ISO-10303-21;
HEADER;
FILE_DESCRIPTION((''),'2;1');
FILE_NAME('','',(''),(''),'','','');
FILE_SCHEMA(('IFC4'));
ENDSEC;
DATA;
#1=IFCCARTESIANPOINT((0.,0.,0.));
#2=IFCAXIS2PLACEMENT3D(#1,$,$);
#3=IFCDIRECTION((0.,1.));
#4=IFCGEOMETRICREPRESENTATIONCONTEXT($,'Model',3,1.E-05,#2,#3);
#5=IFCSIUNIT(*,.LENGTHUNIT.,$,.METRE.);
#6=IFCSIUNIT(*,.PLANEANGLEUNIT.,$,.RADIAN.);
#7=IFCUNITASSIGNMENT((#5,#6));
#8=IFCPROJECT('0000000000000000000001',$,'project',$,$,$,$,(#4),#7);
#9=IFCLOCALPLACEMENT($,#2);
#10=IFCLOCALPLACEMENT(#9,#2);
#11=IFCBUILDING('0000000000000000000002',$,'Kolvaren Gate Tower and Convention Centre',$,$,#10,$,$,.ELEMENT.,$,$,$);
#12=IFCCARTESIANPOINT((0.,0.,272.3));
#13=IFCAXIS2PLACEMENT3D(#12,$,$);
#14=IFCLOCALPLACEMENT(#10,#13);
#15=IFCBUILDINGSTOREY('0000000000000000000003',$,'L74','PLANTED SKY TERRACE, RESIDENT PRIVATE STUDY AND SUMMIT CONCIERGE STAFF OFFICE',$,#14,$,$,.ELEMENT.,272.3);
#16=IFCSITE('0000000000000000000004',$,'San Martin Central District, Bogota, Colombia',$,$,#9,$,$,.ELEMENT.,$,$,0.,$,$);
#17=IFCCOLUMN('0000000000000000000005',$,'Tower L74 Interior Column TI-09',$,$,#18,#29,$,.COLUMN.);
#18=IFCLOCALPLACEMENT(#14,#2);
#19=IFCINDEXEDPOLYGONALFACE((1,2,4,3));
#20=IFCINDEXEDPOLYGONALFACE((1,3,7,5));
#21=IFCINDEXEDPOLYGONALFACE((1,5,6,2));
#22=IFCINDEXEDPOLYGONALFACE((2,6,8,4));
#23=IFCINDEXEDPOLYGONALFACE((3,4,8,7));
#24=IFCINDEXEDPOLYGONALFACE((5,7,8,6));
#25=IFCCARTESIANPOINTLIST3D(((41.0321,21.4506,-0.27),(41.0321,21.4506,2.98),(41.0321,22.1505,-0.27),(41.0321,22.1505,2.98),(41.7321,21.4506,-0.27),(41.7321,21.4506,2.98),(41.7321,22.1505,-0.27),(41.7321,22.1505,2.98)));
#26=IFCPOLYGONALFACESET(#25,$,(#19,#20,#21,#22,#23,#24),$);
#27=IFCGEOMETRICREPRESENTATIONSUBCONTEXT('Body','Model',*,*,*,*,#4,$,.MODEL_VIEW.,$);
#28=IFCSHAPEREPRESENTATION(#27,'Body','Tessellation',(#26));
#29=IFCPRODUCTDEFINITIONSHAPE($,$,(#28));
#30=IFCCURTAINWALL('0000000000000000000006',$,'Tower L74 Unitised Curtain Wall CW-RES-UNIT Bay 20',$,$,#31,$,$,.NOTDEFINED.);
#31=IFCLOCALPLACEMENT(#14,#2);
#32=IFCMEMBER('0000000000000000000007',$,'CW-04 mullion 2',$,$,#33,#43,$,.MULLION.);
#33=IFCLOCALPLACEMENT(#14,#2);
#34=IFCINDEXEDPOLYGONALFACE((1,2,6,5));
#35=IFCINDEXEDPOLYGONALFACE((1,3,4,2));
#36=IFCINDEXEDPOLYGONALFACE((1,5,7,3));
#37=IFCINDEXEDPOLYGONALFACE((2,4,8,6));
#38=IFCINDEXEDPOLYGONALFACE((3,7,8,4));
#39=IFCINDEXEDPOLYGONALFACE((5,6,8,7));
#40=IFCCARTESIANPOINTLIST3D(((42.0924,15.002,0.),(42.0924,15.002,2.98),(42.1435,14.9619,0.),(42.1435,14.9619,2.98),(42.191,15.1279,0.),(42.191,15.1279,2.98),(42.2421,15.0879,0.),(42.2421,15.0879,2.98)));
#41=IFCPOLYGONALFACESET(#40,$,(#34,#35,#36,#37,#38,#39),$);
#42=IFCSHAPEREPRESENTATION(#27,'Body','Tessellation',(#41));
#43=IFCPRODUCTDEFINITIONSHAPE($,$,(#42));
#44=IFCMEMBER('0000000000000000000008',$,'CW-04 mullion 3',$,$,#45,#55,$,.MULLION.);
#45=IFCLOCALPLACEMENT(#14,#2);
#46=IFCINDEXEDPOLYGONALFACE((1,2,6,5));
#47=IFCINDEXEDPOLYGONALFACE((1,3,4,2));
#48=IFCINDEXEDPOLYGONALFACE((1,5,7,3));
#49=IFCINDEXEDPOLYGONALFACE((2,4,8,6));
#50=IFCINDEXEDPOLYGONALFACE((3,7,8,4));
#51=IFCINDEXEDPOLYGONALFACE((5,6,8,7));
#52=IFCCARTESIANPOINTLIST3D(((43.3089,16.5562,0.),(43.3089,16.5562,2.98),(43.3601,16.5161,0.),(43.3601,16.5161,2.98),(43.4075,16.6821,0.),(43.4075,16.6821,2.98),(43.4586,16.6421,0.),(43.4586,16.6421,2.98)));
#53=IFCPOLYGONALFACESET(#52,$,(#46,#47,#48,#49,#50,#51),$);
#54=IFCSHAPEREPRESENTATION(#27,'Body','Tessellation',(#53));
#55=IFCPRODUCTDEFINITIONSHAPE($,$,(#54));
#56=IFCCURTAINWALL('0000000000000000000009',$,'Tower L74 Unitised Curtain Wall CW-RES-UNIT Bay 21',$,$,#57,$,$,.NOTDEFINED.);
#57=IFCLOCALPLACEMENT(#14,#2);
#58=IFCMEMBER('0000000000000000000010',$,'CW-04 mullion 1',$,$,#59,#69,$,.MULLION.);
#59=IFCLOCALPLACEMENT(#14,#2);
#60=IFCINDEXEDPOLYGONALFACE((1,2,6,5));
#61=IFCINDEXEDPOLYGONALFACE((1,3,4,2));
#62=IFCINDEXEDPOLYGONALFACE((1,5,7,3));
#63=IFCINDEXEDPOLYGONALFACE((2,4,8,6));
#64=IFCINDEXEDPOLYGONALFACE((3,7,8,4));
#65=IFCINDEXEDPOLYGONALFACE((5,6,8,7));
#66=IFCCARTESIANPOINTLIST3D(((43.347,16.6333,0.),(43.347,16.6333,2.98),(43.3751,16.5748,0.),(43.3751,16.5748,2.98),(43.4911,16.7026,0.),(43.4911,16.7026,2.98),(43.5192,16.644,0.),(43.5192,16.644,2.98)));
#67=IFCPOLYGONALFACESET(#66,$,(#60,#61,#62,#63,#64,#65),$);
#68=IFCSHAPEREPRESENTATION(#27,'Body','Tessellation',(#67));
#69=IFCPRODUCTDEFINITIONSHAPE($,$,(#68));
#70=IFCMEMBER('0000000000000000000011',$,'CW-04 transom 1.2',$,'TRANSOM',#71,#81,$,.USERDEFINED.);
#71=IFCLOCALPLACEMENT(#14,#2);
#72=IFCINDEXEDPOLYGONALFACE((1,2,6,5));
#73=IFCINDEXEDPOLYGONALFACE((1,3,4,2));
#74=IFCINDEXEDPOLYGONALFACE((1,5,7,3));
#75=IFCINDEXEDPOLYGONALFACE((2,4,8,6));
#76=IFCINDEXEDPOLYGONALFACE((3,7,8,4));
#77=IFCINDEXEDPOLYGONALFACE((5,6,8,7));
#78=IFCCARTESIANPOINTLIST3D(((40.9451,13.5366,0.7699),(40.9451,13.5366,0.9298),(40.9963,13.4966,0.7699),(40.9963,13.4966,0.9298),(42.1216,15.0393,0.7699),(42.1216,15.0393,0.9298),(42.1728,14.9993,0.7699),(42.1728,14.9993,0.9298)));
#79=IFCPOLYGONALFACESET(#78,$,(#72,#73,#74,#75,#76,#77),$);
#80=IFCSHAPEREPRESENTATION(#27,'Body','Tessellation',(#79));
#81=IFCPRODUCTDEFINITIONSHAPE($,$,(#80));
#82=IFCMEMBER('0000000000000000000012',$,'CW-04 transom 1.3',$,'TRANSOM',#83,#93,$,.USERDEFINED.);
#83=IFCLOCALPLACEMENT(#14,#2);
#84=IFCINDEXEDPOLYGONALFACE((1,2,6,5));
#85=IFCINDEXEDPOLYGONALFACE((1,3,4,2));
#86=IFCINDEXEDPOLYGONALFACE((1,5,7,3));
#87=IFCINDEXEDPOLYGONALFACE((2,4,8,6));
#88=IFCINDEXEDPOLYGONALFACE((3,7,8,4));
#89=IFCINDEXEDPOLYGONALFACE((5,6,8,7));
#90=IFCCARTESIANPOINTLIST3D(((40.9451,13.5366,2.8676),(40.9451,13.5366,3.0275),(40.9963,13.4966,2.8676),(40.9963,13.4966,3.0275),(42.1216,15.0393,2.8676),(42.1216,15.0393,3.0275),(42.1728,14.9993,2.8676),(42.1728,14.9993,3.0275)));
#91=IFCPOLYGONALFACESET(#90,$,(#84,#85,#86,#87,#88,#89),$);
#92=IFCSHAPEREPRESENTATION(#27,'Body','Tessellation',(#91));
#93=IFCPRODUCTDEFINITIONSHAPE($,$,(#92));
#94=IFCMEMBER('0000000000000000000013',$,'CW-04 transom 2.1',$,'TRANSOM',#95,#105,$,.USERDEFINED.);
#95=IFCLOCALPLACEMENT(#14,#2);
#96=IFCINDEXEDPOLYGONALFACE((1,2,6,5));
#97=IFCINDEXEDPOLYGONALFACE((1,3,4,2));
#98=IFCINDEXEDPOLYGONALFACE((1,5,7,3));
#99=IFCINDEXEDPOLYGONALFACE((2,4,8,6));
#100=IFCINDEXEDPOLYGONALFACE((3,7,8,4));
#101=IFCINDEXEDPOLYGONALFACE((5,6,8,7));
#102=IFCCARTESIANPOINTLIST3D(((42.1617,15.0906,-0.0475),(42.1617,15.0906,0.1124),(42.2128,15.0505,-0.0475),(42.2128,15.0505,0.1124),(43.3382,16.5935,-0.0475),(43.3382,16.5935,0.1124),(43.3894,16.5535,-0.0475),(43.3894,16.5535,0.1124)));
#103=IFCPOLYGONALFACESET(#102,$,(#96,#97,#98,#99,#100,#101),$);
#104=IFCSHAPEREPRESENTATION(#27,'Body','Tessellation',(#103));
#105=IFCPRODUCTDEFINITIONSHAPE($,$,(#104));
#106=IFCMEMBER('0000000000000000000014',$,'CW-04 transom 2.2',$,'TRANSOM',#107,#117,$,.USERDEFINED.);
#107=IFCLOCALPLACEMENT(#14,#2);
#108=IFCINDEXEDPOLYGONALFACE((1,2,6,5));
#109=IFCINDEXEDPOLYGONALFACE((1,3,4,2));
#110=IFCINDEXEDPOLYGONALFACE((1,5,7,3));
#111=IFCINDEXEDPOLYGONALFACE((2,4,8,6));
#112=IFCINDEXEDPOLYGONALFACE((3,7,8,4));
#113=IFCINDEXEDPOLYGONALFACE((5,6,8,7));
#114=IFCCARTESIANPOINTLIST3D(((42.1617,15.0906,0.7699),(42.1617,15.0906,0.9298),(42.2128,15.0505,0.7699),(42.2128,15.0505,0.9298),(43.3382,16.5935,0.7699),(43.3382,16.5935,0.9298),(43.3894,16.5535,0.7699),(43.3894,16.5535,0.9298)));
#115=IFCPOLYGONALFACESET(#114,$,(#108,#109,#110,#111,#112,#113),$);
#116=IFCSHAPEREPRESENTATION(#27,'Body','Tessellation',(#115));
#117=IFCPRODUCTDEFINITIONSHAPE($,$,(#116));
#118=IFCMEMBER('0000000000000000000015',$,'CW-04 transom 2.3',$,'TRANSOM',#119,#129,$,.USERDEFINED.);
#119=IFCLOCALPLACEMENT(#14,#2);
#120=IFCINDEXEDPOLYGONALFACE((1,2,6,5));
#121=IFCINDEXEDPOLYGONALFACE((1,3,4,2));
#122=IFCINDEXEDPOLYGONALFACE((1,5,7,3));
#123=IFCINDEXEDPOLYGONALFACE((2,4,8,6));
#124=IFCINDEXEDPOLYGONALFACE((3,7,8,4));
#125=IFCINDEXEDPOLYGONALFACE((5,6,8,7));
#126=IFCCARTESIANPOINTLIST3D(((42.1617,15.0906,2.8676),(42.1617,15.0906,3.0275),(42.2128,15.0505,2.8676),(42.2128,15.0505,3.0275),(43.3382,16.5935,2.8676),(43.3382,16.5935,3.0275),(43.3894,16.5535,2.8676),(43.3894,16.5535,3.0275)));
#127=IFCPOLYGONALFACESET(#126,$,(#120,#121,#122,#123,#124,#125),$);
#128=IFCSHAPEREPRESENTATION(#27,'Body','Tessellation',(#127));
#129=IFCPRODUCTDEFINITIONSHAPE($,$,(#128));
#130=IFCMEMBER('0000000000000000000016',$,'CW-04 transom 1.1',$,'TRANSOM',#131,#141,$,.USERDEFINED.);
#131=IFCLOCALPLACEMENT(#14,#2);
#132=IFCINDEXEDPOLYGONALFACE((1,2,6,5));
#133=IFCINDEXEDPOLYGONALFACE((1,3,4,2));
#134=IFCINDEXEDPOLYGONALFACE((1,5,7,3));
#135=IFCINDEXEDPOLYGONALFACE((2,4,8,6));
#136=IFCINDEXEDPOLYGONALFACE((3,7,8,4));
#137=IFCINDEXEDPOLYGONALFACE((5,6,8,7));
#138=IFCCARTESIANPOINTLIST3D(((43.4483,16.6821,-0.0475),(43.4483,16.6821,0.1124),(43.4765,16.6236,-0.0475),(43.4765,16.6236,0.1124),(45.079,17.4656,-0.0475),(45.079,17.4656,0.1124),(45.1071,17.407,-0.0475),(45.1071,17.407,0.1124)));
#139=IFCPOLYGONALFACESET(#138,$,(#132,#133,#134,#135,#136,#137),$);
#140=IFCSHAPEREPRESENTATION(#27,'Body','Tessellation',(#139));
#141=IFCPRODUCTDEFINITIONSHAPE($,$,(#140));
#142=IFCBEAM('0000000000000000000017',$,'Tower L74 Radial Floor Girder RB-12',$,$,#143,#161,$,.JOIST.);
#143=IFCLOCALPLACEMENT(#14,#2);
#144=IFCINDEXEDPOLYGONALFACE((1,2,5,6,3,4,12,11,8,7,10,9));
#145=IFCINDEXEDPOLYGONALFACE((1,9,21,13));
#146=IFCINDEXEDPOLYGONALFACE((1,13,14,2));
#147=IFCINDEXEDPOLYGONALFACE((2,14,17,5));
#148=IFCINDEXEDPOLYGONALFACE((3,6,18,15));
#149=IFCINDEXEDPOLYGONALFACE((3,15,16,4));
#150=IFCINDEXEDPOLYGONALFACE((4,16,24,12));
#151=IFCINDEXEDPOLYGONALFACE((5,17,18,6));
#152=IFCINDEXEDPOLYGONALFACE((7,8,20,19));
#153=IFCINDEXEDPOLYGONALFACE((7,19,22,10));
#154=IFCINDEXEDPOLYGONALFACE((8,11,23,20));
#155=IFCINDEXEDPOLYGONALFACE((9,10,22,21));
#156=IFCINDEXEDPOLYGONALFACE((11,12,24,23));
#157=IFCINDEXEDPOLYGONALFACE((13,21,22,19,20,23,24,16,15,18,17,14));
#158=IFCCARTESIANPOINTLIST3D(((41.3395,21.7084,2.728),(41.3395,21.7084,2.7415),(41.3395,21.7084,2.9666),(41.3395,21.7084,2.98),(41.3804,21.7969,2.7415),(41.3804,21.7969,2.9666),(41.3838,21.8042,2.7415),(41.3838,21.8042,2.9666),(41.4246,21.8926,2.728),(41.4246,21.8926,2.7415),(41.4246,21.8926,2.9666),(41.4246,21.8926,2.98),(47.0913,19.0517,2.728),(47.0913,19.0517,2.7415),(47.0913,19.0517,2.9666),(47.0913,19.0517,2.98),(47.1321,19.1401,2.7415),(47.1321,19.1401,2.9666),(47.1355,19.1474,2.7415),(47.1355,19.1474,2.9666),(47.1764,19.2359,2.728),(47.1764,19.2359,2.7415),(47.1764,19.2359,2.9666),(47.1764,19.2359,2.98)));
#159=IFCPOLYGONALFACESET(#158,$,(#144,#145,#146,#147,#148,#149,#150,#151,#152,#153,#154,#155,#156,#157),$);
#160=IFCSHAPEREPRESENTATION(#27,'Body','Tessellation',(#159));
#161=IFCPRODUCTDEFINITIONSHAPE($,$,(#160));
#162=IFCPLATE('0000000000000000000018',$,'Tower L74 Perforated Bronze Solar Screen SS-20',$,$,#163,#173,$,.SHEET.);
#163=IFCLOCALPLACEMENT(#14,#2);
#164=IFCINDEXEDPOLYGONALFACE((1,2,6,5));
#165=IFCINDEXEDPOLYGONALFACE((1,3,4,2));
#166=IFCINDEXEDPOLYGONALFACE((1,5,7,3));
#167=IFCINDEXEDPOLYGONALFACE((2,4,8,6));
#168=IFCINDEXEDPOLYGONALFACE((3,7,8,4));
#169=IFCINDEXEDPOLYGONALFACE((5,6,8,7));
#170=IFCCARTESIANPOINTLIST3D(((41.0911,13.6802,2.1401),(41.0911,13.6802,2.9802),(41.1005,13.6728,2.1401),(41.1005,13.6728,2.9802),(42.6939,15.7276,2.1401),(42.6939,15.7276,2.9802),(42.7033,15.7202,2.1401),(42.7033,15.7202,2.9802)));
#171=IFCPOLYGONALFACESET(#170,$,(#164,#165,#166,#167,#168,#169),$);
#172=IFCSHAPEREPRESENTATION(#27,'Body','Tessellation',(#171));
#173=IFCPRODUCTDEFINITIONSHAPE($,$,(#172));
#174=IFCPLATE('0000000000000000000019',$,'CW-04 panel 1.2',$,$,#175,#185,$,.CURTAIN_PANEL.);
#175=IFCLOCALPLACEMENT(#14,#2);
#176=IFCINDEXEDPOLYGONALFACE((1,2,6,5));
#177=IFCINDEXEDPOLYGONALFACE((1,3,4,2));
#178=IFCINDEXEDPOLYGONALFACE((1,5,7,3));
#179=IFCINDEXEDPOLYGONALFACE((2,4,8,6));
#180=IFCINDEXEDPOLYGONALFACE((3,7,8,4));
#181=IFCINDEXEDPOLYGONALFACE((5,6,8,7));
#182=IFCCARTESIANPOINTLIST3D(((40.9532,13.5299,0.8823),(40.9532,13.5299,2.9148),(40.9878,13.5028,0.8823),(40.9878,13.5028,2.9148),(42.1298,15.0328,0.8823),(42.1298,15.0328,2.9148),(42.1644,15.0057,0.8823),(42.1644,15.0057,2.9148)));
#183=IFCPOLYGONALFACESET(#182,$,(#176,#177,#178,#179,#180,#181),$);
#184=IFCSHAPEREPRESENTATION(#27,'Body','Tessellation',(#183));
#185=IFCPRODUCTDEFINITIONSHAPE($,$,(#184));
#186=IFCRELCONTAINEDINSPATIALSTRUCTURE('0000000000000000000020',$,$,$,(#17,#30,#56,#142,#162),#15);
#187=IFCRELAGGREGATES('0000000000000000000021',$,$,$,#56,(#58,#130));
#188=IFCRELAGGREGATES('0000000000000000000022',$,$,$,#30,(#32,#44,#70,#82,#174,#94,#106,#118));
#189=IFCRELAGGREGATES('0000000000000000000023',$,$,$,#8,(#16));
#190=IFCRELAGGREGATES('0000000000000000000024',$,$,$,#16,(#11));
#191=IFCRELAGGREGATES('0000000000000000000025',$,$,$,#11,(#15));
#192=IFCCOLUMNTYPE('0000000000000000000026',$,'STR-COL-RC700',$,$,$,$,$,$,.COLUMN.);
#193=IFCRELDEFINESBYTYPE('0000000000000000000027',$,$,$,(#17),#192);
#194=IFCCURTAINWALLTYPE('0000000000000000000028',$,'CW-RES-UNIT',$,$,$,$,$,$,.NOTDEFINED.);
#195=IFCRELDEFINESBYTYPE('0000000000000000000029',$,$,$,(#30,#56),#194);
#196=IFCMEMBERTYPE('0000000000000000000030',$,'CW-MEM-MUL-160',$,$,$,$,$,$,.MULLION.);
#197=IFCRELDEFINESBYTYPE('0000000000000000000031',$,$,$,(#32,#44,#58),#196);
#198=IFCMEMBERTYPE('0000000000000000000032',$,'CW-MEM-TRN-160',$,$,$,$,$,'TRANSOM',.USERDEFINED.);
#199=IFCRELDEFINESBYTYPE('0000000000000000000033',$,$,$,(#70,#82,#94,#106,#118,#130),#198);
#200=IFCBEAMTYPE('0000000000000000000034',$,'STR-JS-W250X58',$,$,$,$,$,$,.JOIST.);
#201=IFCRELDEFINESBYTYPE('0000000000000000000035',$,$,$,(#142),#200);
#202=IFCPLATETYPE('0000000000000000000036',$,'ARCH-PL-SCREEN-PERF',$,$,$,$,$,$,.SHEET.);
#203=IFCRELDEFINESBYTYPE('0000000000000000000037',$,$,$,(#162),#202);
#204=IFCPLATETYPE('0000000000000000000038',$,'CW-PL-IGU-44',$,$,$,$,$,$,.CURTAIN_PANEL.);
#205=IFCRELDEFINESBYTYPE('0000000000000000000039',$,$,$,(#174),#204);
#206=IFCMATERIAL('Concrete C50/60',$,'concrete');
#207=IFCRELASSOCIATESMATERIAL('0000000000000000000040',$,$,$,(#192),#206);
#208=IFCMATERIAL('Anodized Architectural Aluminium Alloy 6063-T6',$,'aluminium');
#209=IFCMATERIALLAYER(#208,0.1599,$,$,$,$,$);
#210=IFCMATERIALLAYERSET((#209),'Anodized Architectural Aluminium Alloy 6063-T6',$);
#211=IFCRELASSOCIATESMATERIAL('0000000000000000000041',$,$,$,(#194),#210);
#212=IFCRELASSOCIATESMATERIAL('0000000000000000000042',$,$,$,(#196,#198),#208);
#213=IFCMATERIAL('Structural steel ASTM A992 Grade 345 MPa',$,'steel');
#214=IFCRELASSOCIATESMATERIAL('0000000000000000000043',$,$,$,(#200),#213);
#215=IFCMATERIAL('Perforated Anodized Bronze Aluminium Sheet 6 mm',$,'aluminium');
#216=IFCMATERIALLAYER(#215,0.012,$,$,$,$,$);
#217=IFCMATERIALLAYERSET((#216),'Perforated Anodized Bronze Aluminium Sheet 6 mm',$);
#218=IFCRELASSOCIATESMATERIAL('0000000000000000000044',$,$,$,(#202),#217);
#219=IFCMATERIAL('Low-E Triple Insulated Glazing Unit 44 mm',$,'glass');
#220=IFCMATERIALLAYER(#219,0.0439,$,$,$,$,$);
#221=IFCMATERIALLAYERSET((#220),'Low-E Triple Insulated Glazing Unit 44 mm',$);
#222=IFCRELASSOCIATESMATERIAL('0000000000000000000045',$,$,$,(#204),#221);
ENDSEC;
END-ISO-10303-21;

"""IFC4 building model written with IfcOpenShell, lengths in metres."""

from ifc_helpers import new_model, si_unit, direction, frame, origin, origin_2d, place, context, subcontext, project, spatial, rectangle, i_section, extrude, material, layer, layer_set, material_profile, profile_set, type_object, element, aggregate, save


model = new_model("IFC4")

# Units and contexts
model_context = context("Model", 3, precision=1e-05, world=origin(), true_north=direction((0.0, 1.0)))
body_context = subcontext(model_context, "Body", "Model", "MODEL_VIEW")
ifc_project = project(units=[si_unit("LENGTHUNIT", "METRE"), si_unit("PLANEANGLEUNIT", "RADIAN")], contexts=[model_context])

# Site, building, storey
site_placement = place(None, origin())
site = spatial("IfcSite", under=ifc_project, at=site_placement, Name="San Martin Central District, Bogota, Colombia", CompositionType="ELEMENT", RefElevation=0.0)
building_placement = place(site_placement, origin())
building = spatial("IfcBuilding", under=site, at=building_placement, Name="Kolvaren Gate Tower and Convention Centre", CompositionType="ELEMENT")
storey_placement = place(building_placement, frame((0.0, 0.0, 272.3)))
storey = spatial("IfcBuildingStorey", under=building, at=storey_placement, Name="L74", Description="PLANTED SKY TERRACE, RESIDENT PRIVATE STUDY AND SUMMIT CONCIERGE STAFF OFFICE", CompositionType="ELEMENT", Elevation=272.3)

# Column
ifc_material_1 = material(Name="Concrete C50/60", Category="concrete")
ifc_material_profile_1 = material_profile(ifc_material_1, rectangle(XDim=0.7, YDim=0.7, at=origin_2d()), Name="RC-COL-700X700")
ifc_profile_set_1 = profile_set([ifc_material_profile_1], Name="Concrete C50/60")
column_type = type_object("IfcColumnType", Name="STR-COL-RC700", PredefinedType="COLUMN", material=ifc_profile_set_1)
column_placement = place(storey_placement, frame((41.3821, 21.8005, -0.27), z_axis=(0.0, 0.0, 1.0), x_axis=(1.0, 0.0, 0.0)))
element("IfcColumn", 1, at=column_placement, inside=storey, type_object=column_type, Name="Tower L74 Interior Column TI-09", PredefinedType="COLUMN", context=body_context, shape_type="SweptSolid", body=[
    extrude(rectangle(XDim=0.7, YDim=0.7, at=origin_2d()), origin(), (0.0, 0.0, 1.0), 3.25),
])

# Curtain wall, members
ifc_material_2 = material(Name="Anodized Architectural Aluminium Alloy 6063-T6", Category="aluminium")
ifc_layer_1 = layer(ifc_material_2, 0.1599)
ifc_layer_set_1 = layer_set([ifc_layer_1], Name="Anodized Architectural Aluminium Alloy 6063-T6")
curtain_wall_type = type_object("IfcCurtainWallType", Name="CW-RES-UNIT", PredefinedType="NOTDEFINED", material=ifc_layer_set_1)
curtain_wall_1_placement = place(storey_placement, origin())
curtain_wall_1 = element("IfcCurtainWall", 2, at=curtain_wall_1_placement, inside=storey, type_object=curtain_wall_type, Name="Tower L74 Unitised Curtain Wall CW-RES-UNIT Bay 20", PredefinedType="NOTDEFINED")
ifc_material_profile_2 = material_profile(ifc_material_2, rectangle(XDim=0.0649, YDim=0.1599, at=origin_2d()), Name="CW-MEM-MUL-160")
ifc_profile_set_2 = profile_set([ifc_material_profile_2], Name="Anodized Architectural Aluminium Alloy 6063-T6")
member_type_1 = type_object("IfcMemberType", Name="CW-MEM-MUL-160", PredefinedType="MULLION", material=ifc_profile_set_2)
member_1_placement = place(storey_placement, frame((42.1672, 15.0449, 0.0), z_axis=(0.0, 0.0, 1.0), x_axis=(-0.787408, 0.616433, 0.0)))
member_1 = element("IfcMember", 3, at=member_1_placement, type_object=member_type_1, Name="CW-04 mullion 2", PredefinedType="MULLION", context=body_context, shape_type="SweptSolid", body=[
    extrude(rectangle(XDim=0.0649, YDim=0.1599, at=origin_2d()), origin(), (0.0, 0.0, 1.0), 2.98),
])
member_2_placement = place(storey_placement, frame((43.3838, 16.5991, 0.0), z_axis=(0.0, 0.0, 1.0), x_axis=(-0.787408, 0.616433, 0.0)))
member_2 = element("IfcMember", 4, at=member_2_placement, type_object=member_type_1, Name="CW-04 mullion 3", PredefinedType="MULLION", context=body_context, shape_type="SweptSolid", body=[
    extrude(rectangle(XDim=0.0649, YDim=0.1599, at=origin_2d()), origin(), (0.0, 0.0, 1.0), 2.98),
])

# Curtain wall, member
curtain_wall_2_placement = place(storey_placement, origin())
curtain_wall_2 = element("IfcCurtainWall", 5, at=curtain_wall_2_placement, inside=storey, type_object=curtain_wall_type, Name="Tower L74 Unitised Curtain Wall CW-RES-UNIT Bay 21", PredefinedType="NOTDEFINED")
member_3_placement = place(storey_placement, frame((43.4331, 16.6387, 0.0), z_axis=(0.0, 0.0, 1.0), x_axis=(-0.43307, 0.901361, 0.0)))
member_3 = element("IfcMember", 6, at=member_3_placement, type_object=member_type_1, Name="CW-04 mullion 1", PredefinedType="MULLION", context=body_context, shape_type="SweptSolid", body=[
    extrude(rectangle(XDim=0.0649, YDim=0.1599, at=origin_2d()), origin(), (0.0, 0.0, 1.0), 2.98),
])

# Members
ifc_material_profile_3 = material_profile(ifc_material_2, rectangle(XDim=0.0649, YDim=0.1599, at=origin_2d()), Name="CW-MEM-TRN-160")
ifc_profile_set_3 = profile_set([ifc_material_profile_3], Name="Anodized Architectural Aluminium Alloy 6063-T6")
member_type_2 = type_object("IfcMemberType", Name="CW-MEM-TRN-160", ElementType="TRANSOM", PredefinedType="USERDEFINED", material=ifc_profile_set_3)
member_4_placement = place(storey_placement, frame((40.9707, 13.5166, 0.8499), z_axis=(0.61647, 0.787378, 0.0), x_axis=(-0.787378, 0.61647, 0.0)))
member_4 = element("IfcMember", 7, at=member_4_placement, type_object=member_type_2, Name="CW-04 transom 1.2", ObjectType="TRANSOM", PredefinedType="USERDEFINED", context=body_context, shape_type="SweptSolid", body=[
    extrude(rectangle(XDim=0.0649, YDim=0.1599, at=origin_2d()), origin(), (0.0, 0.0, 1.0), 1.9084),
])
member_5_placement = place(storey_placement, frame((40.9707, 13.5166, 2.9475), z_axis=(0.61647, 0.787378, 0.0), x_axis=(-0.787378, 0.61647, 0.0)))
member_5 = element("IfcMember", 8, at=member_5_placement, type_object=member_type_2, Name="CW-04 transom 1.3", ObjectType="TRANSOM", PredefinedType="USERDEFINED", context=body_context, shape_type="SweptSolid", body=[
    extrude(rectangle(XDim=0.0649, YDim=0.1599, at=origin_2d()), origin(), (0.0, 0.0, 1.0), 1.9084),
])
member_6_placement = place(storey_placement, frame((42.1873, 15.0706, 0.0325), z_axis=(0.616408, 0.787427, 0.0), x_axis=(-0.787427, 0.616408, 0.0)))
member_6 = element("IfcMember", 9, at=member_6_placement, type_object=member_type_2, Name="CW-04 transom 2.1", ObjectType="TRANSOM", PredefinedType="USERDEFINED", context=body_context, shape_type="SweptSolid", body=[
    extrude(rectangle(XDim=0.0649, YDim=0.1599, at=origin_2d()), origin(), (0.0, 0.0, 1.0), 1.9087),
])
member_7_placement = place(storey_placement, frame((42.1873, 15.0706, 0.8499), z_axis=(0.616408, 0.787427, 0.0), x_axis=(-0.787427, 0.616408, 0.0)))
member_7 = element("IfcMember", 10, at=member_7_placement, type_object=member_type_2, Name="CW-04 transom 2.2", ObjectType="TRANSOM", PredefinedType="USERDEFINED", context=body_context, shape_type="SweptSolid", body=[
    extrude(rectangle(XDim=0.0649, YDim=0.1599, at=origin_2d()), origin(), (0.0, 0.0, 1.0), 1.9087),
])
member_8_placement = place(storey_placement, frame((42.1873, 15.0706, 2.9475), z_axis=(0.616408, 0.787427, 0.0), x_axis=(-0.787427, 0.616408, 0.0)))
member_8 = element("IfcMember", 11, at=member_8_placement, type_object=member_type_2, Name="CW-04 transom 2.3", ObjectType="TRANSOM", PredefinedType="USERDEFINED", context=body_context, shape_type="SweptSolid", body=[
    extrude(rectangle(XDim=0.0649, YDim=0.1599, at=origin_2d()), origin(), (0.0, 0.0, 1.0), 1.9087),
])
member_9_placement = place(storey_placement, frame((43.4624, 16.6528, 0.0325), z_axis=(0.901361, 0.433069, 0.0), x_axis=(-0.433069, 0.901361, 0.0)))
member_9 = element("IfcMember", 12, at=member_9_placement, type_object=member_type_2, Name="CW-04 transom 1.1", ObjectType="TRANSOM", PredefinedType="USERDEFINED", context=body_context, shape_type="SweptSolid", body=[
    extrude(rectangle(XDim=0.0649, YDim=0.1599, at=origin_2d()), origin(), (0.0, 0.0, 1.0), 1.8091),
])
aggregate(curtain_wall_2, [member_3, member_9])

# Beam
ifc_material_3 = material(Name="Structural steel ASTM A992 Grade 345 MPa", Category="steel")
ifc_material_profile_4 = material_profile(ifc_material_3, i_section(OverallWidth=0.2029, OverallDepth=0.252, WebThickness=0.0081, FlangeThickness=0.0134, at=origin_2d()), Name="W250X58")
ifc_profile_set_4 = profile_set([ifc_material_profile_4], Name="Structural steel ASTM A992 Grade 345 MPa")
beam_type = type_object("IfcBeamType", Name="STR-JS-W250X58", PredefinedType="JOIST", material=ifc_profile_set_4)
beam_placement = place(storey_placement, frame((41.3821, 21.8005, 2.854), z_axis=(0.907833, -0.419332, 0.0), x_axis=(0.419332, 0.907833, 0.0)))
element("IfcBeam", 13, at=beam_placement, inside=storey, type_object=beam_type, Name="Tower L74 Radial Floor Girder RB-12", PredefinedType="JOIST", context=body_context, shape_type="SweptSolid", body=[
    extrude(i_section(OverallWidth=0.2029, OverallDepth=0.252, WebThickness=0.0081, FlangeThickness=0.0134, at=origin_2d()), origin(), (0.0, 0.0, 1.0), 6.3357),
])

# Plates
ifc_material_4 = material(Name="Perforated Anodized Bronze Aluminium Sheet 6 mm", Category="aluminium")
ifc_layer_2 = layer(ifc_material_4, 0.012)
ifc_layer_set_2 = layer_set([ifc_layer_2], Name="Perforated Anodized Bronze Aluminium Sheet 6 mm")
plate_type_1 = type_object("IfcPlateType", Name="ARCH-PL-SCREEN-PERF", PredefinedType="SHEET", material=ifc_layer_set_2)
plate_1_placement = place(storey_placement, frame((41.8972, 14.7002, 2.1401), z_axis=(0.0, 0.0, 1.0), x_axis=(0.61643, 0.78741, 0.0)))
element("IfcPlate", 14, at=plate_1_placement, inside=storey, type_object=plate_type_1, Name="Tower L74 Perforated Bronze Solar Screen SS-20", PredefinedType="SHEET", context=body_context, shape_type="SweptSolid", body=[
    extrude(rectangle(XDim=2.6001, YDim=0.012, at=origin_2d()), origin(), (0.0, 0.0, 1.0), 0.8401),
])
ifc_material_5 = material(Name="Low-E Triple Insulated Glazing Unit 44 mm", Category="glass")
ifc_layer_3 = layer(ifc_material_5, 0.0439)
ifc_layer_set_3 = layer_set([ifc_layer_3], Name="Low-E Triple Insulated Glazing Unit 44 mm")
plate_type_2 = type_object("IfcPlateType", Name="CW-PL-IGU-44", PredefinedType="CURTAIN_PANEL", material=ifc_layer_set_3)
plate_2_placement = place(storey_placement, frame((41.5588, 14.2678, 0.8823), z_axis=(0.0, 0.0, 1.0), x_axis=(0.616433, 0.787408, 0.0)))
plate_2 = element("IfcPlate", 15, at=plate_2_placement, type_object=plate_type_2, Name="CW-04 panel 1.2", PredefinedType="CURTAIN_PANEL", context=body_context, shape_type="SweptSolid", body=[
    extrude(rectangle(XDim=1.9087, YDim=0.0439, at=origin_2d()), origin(), (0.0, 0.0, 1.0), 2.0325),
])
aggregate(curtain_wall_1, [member_1, member_2, member_4, member_5, plate_2, member_6, member_7, member_8])

save(model, "model.ifc")
